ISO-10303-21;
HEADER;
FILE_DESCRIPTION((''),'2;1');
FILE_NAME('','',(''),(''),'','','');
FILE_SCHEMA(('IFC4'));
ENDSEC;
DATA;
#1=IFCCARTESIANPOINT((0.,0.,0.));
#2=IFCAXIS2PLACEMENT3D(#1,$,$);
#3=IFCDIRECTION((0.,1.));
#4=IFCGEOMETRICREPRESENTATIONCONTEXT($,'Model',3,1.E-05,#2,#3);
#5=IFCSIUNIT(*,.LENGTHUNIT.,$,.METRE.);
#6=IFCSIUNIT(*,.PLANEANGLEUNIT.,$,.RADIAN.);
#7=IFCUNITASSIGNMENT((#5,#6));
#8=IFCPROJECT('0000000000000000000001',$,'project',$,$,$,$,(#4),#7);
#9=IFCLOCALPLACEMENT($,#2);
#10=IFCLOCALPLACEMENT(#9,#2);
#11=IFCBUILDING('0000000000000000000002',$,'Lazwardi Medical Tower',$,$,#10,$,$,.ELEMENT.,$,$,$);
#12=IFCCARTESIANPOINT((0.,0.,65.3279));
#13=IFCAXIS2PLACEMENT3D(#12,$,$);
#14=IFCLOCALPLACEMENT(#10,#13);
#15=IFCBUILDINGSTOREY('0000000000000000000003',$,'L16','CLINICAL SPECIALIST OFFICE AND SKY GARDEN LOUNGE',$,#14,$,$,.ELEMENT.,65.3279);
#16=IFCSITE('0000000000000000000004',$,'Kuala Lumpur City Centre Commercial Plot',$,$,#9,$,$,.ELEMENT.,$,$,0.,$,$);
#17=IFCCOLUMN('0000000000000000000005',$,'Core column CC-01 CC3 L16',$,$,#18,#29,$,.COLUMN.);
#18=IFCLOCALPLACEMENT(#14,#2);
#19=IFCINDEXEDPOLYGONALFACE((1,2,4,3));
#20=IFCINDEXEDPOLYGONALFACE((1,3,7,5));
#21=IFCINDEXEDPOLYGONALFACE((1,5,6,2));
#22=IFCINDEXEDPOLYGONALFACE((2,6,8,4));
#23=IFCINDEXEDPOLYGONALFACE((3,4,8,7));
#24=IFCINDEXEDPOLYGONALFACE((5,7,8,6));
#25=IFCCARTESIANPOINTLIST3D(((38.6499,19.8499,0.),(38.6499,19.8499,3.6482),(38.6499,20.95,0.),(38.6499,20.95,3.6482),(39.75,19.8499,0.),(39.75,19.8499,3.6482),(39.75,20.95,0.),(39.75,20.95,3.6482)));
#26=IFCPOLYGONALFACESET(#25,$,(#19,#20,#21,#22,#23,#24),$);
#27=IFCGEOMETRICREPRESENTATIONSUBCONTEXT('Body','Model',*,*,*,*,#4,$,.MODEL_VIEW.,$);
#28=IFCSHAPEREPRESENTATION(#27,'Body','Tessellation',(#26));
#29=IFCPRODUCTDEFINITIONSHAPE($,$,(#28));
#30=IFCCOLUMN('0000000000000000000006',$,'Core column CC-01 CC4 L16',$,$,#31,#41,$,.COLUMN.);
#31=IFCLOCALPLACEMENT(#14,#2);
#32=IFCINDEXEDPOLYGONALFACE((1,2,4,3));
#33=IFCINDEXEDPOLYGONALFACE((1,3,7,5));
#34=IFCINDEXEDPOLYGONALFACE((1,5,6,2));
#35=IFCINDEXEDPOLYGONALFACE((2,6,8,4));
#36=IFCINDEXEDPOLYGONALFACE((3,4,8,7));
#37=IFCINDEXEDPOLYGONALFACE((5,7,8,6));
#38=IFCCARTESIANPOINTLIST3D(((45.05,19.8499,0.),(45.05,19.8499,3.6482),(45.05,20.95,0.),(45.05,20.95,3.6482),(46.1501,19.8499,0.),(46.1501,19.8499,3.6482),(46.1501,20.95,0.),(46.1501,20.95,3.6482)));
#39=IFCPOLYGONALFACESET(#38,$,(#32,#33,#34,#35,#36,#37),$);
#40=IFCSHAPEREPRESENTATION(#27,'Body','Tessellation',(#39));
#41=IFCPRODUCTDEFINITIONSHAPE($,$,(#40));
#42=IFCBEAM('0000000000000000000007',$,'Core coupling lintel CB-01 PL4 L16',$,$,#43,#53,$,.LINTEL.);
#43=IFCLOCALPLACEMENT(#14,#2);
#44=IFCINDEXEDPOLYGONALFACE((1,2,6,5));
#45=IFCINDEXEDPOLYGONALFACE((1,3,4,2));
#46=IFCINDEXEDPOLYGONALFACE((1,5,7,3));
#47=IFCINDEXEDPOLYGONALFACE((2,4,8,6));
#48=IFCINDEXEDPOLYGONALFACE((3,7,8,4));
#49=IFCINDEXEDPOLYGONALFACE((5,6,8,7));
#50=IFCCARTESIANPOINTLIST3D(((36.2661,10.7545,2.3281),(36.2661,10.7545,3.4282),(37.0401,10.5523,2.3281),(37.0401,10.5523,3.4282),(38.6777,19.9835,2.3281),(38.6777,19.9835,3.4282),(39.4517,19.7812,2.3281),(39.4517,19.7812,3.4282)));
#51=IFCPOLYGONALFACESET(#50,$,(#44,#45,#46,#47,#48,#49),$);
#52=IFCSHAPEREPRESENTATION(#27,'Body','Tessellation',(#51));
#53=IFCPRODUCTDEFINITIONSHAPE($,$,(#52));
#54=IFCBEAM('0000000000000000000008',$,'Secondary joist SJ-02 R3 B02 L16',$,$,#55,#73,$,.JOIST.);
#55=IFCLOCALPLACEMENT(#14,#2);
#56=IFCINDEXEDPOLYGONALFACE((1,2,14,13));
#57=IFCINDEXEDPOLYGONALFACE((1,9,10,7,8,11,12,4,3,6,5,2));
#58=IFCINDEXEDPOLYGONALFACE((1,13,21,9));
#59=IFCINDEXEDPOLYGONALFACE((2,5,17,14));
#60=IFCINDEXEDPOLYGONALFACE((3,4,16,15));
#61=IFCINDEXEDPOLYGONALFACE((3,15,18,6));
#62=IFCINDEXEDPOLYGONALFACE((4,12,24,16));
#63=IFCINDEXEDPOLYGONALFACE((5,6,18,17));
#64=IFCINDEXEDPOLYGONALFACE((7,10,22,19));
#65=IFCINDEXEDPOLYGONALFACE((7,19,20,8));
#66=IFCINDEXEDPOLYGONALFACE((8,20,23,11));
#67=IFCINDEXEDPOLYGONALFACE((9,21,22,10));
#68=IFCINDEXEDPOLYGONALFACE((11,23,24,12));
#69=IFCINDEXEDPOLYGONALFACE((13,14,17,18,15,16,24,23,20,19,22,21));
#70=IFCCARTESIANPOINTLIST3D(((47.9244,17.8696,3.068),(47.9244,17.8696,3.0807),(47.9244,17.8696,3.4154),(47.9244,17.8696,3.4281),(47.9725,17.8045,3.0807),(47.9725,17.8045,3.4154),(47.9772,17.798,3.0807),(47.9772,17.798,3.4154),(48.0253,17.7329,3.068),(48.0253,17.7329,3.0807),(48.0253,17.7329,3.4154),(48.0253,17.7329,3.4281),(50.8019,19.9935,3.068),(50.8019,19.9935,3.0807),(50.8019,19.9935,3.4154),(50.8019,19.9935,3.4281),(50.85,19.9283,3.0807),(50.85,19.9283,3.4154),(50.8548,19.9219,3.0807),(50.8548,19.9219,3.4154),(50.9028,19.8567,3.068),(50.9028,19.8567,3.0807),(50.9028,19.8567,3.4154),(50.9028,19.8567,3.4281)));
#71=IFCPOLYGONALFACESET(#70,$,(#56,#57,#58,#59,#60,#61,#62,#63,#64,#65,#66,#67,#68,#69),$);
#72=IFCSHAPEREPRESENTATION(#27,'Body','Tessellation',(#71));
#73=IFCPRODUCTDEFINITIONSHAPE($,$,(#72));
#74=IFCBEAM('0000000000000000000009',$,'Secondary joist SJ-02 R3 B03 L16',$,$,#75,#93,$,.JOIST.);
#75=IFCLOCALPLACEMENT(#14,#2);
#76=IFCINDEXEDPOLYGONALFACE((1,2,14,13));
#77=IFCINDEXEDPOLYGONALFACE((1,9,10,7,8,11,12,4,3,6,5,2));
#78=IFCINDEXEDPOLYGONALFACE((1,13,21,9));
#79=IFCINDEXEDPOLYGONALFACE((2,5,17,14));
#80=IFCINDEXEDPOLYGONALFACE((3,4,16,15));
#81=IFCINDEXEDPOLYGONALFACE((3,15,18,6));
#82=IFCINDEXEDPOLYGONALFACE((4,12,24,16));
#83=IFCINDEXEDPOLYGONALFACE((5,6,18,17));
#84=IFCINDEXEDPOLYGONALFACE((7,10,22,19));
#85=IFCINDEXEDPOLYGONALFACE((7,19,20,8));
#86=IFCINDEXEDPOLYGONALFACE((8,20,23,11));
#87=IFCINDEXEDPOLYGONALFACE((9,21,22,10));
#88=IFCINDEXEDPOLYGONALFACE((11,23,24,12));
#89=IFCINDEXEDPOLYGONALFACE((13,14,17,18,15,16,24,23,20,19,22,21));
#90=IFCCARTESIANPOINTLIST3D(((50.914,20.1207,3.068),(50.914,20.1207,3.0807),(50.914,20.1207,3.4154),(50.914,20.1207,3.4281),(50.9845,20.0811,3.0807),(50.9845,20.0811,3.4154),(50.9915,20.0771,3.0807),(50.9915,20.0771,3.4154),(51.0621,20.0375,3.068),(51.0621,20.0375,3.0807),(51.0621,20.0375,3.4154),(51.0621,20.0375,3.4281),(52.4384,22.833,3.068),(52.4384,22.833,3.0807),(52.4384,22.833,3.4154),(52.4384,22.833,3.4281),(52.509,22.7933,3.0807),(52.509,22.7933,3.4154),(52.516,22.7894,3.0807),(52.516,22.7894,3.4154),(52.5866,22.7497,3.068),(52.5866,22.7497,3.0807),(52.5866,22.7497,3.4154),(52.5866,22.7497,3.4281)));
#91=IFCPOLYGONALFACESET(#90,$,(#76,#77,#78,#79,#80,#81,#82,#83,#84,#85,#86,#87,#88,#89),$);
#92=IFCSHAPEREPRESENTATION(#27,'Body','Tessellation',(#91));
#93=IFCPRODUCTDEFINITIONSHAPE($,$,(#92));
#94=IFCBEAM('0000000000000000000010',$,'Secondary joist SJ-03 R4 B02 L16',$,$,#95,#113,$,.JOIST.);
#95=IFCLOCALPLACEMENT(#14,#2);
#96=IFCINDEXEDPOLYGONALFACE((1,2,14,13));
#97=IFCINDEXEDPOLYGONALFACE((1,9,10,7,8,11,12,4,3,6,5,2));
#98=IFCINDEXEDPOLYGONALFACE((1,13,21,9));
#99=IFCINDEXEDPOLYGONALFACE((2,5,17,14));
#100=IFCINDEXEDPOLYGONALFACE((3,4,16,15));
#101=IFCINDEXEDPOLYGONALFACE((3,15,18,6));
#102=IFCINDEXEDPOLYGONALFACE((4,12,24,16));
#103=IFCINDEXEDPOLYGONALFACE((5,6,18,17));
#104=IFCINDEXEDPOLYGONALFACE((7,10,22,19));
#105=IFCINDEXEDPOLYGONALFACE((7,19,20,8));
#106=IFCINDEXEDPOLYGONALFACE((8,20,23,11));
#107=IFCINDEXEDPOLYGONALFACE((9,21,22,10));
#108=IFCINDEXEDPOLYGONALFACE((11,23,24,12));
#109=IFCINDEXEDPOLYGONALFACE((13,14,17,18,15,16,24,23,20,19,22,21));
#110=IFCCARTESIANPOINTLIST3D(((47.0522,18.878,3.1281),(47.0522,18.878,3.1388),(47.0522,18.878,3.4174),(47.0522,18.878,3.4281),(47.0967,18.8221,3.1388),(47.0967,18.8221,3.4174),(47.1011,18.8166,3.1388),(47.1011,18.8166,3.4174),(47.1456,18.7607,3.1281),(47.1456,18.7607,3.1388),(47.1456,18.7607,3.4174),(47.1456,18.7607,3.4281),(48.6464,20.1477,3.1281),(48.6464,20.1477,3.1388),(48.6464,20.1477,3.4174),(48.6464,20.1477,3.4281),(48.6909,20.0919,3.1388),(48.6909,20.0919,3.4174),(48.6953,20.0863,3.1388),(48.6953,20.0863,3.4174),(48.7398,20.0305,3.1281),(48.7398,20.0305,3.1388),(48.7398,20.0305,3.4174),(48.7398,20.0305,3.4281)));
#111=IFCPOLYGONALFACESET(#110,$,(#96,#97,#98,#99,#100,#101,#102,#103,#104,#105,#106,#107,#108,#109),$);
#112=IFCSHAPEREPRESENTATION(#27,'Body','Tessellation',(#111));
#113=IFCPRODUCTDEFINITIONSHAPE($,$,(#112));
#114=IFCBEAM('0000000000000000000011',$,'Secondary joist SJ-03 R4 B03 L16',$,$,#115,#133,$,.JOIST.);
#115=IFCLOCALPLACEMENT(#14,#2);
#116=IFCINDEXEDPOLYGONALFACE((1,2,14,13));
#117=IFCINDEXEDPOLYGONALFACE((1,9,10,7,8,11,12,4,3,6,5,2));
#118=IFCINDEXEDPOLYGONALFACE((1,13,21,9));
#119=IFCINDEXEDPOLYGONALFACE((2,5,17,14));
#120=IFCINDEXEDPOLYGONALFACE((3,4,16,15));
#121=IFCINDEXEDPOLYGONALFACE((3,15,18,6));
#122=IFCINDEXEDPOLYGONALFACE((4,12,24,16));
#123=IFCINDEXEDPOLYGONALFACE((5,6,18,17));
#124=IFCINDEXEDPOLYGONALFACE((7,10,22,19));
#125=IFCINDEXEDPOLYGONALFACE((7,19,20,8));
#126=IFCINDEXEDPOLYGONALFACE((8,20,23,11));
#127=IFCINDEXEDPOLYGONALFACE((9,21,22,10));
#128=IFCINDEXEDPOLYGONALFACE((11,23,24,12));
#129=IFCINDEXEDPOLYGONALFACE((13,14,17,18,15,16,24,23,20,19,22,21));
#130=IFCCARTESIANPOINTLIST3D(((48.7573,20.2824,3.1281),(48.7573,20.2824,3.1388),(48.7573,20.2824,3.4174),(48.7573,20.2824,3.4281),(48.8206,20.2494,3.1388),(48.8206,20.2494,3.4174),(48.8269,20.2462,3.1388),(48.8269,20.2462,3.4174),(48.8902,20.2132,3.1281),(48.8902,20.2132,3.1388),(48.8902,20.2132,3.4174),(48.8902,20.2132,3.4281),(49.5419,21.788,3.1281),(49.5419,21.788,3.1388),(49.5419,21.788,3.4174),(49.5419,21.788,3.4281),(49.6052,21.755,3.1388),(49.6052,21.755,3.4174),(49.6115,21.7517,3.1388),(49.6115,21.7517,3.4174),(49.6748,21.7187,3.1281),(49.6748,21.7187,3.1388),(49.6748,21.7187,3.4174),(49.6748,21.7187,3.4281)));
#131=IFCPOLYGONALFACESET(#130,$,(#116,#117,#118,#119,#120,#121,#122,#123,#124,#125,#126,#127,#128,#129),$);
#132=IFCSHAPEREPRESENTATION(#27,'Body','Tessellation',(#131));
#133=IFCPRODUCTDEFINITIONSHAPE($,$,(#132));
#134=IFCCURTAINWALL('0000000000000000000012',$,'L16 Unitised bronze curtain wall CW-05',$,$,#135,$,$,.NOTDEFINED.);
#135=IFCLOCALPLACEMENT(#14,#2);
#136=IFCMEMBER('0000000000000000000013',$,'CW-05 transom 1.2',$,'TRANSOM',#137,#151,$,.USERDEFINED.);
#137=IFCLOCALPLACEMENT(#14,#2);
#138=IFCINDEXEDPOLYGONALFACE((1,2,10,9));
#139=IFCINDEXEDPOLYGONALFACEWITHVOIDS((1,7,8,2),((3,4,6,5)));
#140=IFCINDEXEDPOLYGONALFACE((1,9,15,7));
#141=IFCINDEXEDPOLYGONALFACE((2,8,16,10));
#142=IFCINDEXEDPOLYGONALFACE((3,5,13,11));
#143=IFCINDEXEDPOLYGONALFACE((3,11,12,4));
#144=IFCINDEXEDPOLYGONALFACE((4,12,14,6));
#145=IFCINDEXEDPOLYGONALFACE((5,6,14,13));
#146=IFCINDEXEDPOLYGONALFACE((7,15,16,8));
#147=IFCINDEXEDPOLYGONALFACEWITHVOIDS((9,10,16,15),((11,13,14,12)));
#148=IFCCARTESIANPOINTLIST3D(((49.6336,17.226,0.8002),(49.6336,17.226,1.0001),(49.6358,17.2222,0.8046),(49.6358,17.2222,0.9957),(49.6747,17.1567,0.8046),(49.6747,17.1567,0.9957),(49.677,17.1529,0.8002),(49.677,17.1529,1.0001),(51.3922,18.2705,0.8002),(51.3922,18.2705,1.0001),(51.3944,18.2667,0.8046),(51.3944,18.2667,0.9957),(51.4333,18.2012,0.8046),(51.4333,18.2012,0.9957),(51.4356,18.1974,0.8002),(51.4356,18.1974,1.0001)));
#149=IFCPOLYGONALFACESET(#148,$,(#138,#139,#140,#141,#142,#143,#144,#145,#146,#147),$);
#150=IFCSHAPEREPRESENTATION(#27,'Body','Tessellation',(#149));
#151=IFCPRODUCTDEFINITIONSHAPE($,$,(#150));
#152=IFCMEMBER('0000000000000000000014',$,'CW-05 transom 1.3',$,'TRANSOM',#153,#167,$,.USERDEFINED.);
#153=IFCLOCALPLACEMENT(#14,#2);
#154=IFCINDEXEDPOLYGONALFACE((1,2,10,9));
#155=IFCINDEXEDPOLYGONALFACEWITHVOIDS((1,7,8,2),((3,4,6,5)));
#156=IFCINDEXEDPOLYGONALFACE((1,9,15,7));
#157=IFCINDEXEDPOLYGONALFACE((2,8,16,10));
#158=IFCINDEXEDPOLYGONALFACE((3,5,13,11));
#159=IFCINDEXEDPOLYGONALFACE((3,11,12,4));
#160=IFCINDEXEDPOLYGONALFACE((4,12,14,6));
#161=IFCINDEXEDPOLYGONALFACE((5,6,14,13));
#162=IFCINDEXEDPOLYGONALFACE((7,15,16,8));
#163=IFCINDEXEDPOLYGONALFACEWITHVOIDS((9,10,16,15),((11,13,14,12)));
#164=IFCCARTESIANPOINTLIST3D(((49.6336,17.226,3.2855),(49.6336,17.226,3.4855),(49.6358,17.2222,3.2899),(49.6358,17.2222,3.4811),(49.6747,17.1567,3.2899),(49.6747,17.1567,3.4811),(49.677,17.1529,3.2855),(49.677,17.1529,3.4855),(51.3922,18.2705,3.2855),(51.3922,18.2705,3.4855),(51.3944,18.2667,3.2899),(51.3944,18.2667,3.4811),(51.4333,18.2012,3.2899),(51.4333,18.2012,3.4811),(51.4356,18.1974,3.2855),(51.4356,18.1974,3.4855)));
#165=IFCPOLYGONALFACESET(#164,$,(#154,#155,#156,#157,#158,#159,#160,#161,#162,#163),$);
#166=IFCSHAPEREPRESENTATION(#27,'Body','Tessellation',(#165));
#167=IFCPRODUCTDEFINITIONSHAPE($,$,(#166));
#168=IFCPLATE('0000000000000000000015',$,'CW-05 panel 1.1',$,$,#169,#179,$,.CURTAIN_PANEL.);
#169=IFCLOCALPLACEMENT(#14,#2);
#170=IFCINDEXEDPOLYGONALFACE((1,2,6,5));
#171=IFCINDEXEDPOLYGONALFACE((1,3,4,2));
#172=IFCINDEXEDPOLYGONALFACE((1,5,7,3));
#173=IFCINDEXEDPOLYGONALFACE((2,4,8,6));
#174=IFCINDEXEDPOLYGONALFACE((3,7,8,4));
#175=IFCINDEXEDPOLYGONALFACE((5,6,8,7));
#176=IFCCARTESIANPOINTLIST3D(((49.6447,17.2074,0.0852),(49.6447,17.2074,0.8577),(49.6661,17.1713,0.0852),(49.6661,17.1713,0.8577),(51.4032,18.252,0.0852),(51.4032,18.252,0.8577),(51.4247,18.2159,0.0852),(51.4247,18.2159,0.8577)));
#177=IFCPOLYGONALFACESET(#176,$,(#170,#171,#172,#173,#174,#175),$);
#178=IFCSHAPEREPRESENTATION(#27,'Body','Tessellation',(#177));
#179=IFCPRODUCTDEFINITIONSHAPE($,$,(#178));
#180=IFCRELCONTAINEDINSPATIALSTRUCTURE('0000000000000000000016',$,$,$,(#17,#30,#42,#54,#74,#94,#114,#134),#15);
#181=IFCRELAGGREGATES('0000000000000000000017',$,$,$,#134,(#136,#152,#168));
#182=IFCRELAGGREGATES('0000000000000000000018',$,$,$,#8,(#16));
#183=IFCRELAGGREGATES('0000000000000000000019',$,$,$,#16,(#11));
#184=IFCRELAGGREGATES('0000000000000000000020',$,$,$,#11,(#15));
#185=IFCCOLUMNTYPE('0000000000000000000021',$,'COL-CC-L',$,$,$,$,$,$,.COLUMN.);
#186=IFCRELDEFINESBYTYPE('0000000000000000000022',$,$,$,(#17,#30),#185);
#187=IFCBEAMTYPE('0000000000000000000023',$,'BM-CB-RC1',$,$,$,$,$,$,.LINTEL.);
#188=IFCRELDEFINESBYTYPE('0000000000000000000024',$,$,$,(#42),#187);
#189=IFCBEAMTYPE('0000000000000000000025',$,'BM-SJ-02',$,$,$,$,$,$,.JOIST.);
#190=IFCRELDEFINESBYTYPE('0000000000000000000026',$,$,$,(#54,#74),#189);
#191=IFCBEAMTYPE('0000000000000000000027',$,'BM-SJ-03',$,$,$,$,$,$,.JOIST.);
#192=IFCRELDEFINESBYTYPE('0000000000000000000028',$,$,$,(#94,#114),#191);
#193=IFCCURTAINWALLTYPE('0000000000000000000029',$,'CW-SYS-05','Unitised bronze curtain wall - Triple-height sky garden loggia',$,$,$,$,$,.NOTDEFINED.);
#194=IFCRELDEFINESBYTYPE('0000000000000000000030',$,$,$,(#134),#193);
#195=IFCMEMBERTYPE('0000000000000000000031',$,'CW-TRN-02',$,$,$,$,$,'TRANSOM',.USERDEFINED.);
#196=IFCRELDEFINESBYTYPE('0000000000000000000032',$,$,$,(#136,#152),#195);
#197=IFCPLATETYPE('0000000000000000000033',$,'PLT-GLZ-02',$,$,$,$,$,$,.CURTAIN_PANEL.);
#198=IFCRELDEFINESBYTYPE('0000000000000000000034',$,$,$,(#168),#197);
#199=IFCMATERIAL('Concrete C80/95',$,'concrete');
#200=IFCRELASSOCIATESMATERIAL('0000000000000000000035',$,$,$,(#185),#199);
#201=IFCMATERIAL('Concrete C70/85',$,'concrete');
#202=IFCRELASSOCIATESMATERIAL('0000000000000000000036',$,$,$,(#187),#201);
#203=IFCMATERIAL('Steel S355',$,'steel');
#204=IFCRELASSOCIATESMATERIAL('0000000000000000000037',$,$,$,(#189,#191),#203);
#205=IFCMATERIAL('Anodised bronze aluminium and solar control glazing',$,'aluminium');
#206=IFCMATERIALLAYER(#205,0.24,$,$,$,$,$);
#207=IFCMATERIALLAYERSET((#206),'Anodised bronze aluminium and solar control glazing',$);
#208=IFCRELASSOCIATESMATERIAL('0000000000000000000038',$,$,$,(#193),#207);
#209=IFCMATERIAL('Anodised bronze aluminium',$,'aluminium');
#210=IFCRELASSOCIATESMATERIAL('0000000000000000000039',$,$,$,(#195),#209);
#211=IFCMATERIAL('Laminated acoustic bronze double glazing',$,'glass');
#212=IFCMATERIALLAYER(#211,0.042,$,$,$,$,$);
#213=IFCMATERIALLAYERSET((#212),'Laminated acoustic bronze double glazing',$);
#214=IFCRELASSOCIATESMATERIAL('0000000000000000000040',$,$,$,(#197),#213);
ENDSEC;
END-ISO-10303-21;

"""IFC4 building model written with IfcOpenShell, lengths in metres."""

from ifc_helpers import new_model, si_unit, direction, frame, origin, origin_2d, place, context, subcontext, project, spatial, rectangle, hollow_rectangle, i_section, extrude, material, layer, layer_set, material_profile, profile_set, type_object, element, aggregate, save


model = new_model("IFC4")

# Units and contexts
model_context = context("Model", 3, precision=1e-05, world=origin(), true_north=direction((0.0, 1.0)))
body_context = subcontext(model_context, "Body", "Model", "MODEL_VIEW")
ifc_project = project(units=[si_unit("LENGTHUNIT", "METRE"), si_unit("PLANEANGLEUNIT", "RADIAN")], contexts=[model_context])

# Site, building, storey
site_placement = place(None, origin())
site = spatial("IfcSite", under=ifc_project, at=site_placement, Name="Kuala Lumpur City Centre Commercial Plot", CompositionType="ELEMENT", RefElevation=0.0)
building_placement = place(site_placement, origin())
building = spatial("IfcBuilding", under=site, at=building_placement, Name="Lazwardi Medical Tower", CompositionType="ELEMENT")
storey_placement = place(building_placement, frame((0.0, 0.0, 65.3279)))
storey = spatial("IfcBuildingStorey", under=building, at=storey_placement, Name="L16", Description="CLINICAL SPECIALIST OFFICE AND SKY GARDEN LOUNGE", CompositionType="ELEMENT", Elevation=65.3279)

# Columns
ifc_material_1 = material(Name="Concrete C80/95", Category="concrete")
ifc_material_profile_1 = material_profile(ifc_material_1, rectangle(XDim=1.1001, YDim=1.1001, at=origin_2d()), Name="RC 1100x1100")
ifc_profile_set_1 = profile_set([ifc_material_profile_1], Name="Concrete C80/95")
column_type = type_object("IfcColumnType", Name="COL-CC-L", PredefinedType="COLUMN", material=ifc_profile_set_1)
for number, where, z_axis, x_axis, name in (
    (1, (39.2, 20.3999, 0.0), (0.0, 0.0, 1.0), (1.0, 0.0, 0.0), "Core column CC-01 CC3 L16"),
    (2, (45.6001, 20.3999, 0.0), (0.0, 0.0, 1.0), (1.0, 0.0, 0.0), "Core column CC-01 CC4 L16"),
):
    element("IfcColumn", number, at=place(storey_placement, frame(where, z_axis=z_axis, x_axis=x_axis)), inside=storey, type_object=column_type, Name=name, PredefinedType="COLUMN", context=body_context, shape_type="SweptSolid", body=[
        extrude(rectangle(XDim=1.1001, YDim=1.1001, at=origin_2d()), origin(), (0.0, 0.0, 1.0), 3.6482),
    ])

# Beams
ifc_material_2 = material(Name="Concrete C70/85", Category="concrete")
ifc_material_profile_2 = material_profile(ifc_material_2, rectangle(XDim=0.8, YDim=1.1001, at=origin_2d()), Name="RC 800x1100")
ifc_profile_set_2 = profile_set([ifc_material_profile_2], Name="Concrete C70/85")
beam_type_1 = type_object("IfcBeamType", Name="BM-CB-RC1", PredefinedType="LINTEL", material=ifc_profile_set_2)
beam_1_placement = place(storey_placement, frame((39.0647, 19.8823, 2.8782), z_axis=(-0.25282, -0.967513, 0.0), x_axis=(0.967513, -0.25282, 0.0)))
element("IfcBeam", 3, at=beam_1_placement, inside=storey, type_object=beam_type_1, Name="Core coupling lintel CB-01 PL4 L16", PredefinedType="LINTEL", context=body_context, shape_type="SweptSolid", body=[
    extrude(rectangle(XDim=0.8, YDim=1.1001, at=origin_2d()), origin(), (0.0, 0.0, 1.0), 9.5388),
])
ifc_material_3 = material(Name="Steel S355", Category="steel")
ifc_material_profile_3 = material_profile(ifc_material_3, i_section(OverallWidth=0.1699, OverallDepth=0.3601, WebThickness=0.0081, FlangeThickness=0.0127, at=origin_2d()), Name="IPE 360")
ifc_profile_set_3 = profile_set([ifc_material_profile_3], Name="Steel S355")
beam_type_2 = type_object("IfcBeamType", Name="BM-SJ-02", PredefinedType="JOIST", material=ifc_profile_set_3)
beam_2_placement = place(storey_placement, frame((47.9749, 17.8013, 3.248), z_axis=(0.80458, 0.593844, 0.0), x_axis=(-0.593844, 0.80458, 0.0)))
element("IfcBeam", 4, at=beam_2_placement, inside=storey, type_object=beam_type_2, Name="Secondary joist SJ-02 R3 B02 L16", PredefinedType="JOIST", context=body_context, shape_type="SweptSolid", body=[
    extrude(i_section(OverallWidth=0.1699, OverallDepth=0.3601, WebThickness=0.0081, FlangeThickness=0.0127, at=origin_2d()), origin(), (0.0, 0.0, 1.0), 3.5764),
])
beam_3_placement = place(storey_placement, frame((50.988, 20.0791, 3.248), z_axis=(0.489974, 0.871737, 0.0), x_axis=(-0.871737, 0.489974, 0.0)))
element("IfcBeam", 5, at=beam_3_placement, inside=storey, type_object=beam_type_2, Name="Secondary joist SJ-02 R3 B03 L16", PredefinedType="JOIST", context=body_context, shape_type="SweptSolid", body=[
    extrude(i_section(OverallWidth=0.1699, OverallDepth=0.3601, WebThickness=0.0081, FlangeThickness=0.0127, at=origin_2d()), origin(), (0.0, 0.0, 1.0), 3.1113),
])
ifc_material_profile_4 = material_profile(ifc_material_3, i_section(OverallWidth=0.1499, OverallDepth=0.3, WebThickness=0.0071, FlangeThickness=0.0107, at=origin_2d()), Name="IPE 300")
ifc_profile_set_4 = profile_set([ifc_material_profile_4], Name="Steel S355")
beam_type_3 = type_object("IfcBeamType", Name="BM-SJ-03", PredefinedType="JOIST", material=ifc_profile_set_4)
beam_4_placement = place(storey_placement, frame((47.0989, 18.8193, 3.2781), z_axis=(0.782211, 0.623014, 0.0), x_axis=(-0.623014, 0.782211, 0.0)))
element("IfcBeam", 6, at=beam_4_placement, inside=storey, type_object=beam_type_3, Name="Secondary joist SJ-03 R4 B02 L16", PredefinedType="JOIST", context=body_context, shape_type="SweptSolid", body=[
    extrude(i_section(OverallWidth=0.1499, OverallDepth=0.3, WebThickness=0.0071, FlangeThickness=0.0107, at=origin_2d()), origin(), (0.0, 0.0, 1.0), 2.0381),
])
beam_5_placement = place(storey_placement, frame((48.8237, 20.2478, 3.2781), z_axis=(0.462163, 0.886795, 0.0), x_axis=(-0.886795, 0.462163, 0.0)))
element("IfcBeam", 7, at=beam_5_placement, inside=storey, type_object=beam_type_3, Name="Secondary joist SJ-03 R4 B03 L16", PredefinedType="JOIST", context=body_context, shape_type="SweptSolid", body=[
    extrude(i_section(OverallWidth=0.1499, OverallDepth=0.3, WebThickness=0.0071, FlangeThickness=0.0107, at=origin_2d()), origin(), (0.0, 0.0, 1.0), 1.6978),
])

# Curtain wall, members, plate
ifc_material_4 = material(Name="Anodised bronze aluminium and solar control glazing", Category="aluminium")
ifc_layer_1 = layer(ifc_material_4, 0.24)
ifc_layer_set_1 = layer_set([ifc_layer_1], Name="Anodised bronze aluminium and solar control glazing")
curtain_wall_type = type_object("IfcCurtainWallType", Name="CW-SYS-05", Description="Unitised bronze curtain wall - Triple-height sky garden loggia", PredefinedType="NOTDEFINED", material=ifc_layer_set_1)
curtain_wall_placement = place(storey_placement, origin())
curtain_wall = element("IfcCurtainWall", 8, at=curtain_wall_placement, inside=storey, type_object=curtain_wall_type, Name="L16 Unitised bronze curtain wall CW-05", PredefinedType="NOTDEFINED")
ifc_material_5 = material(Name="Anodised bronze aluminium", Category="aluminium")
ifc_material_profile_5 = material_profile(ifc_material_5, hollow_rectangle(XDim=0.085, YDim=0.2, WallThickness=0.0044, at=origin_2d()), Name="ALU-TRANSOM 200x85x4.5")
ifc_profile_set_5 = profile_set([ifc_material_profile_5], Name="Anodised bronze aluminium")
member_type = type_object("IfcMemberType", Name="CW-TRN-02", ElementType="TRANSOM", PredefinedType="USERDEFINED", material=ifc_profile_set_5)
member_1_placement = place(storey_placement, frame((49.6553, 17.1895, 0.9001), z_axis=(0.859791, 0.510646, 0.0), x_axis=(-0.510646, 0.859791, 0.0)))
member_1 = element("IfcMember", 9, at=member_1_placement, type_object=member_type, Name="CW-05 transom 1.2", ObjectType="TRANSOM", PredefinedType="USERDEFINED", context=body_context, shape_type="SweptSolid", body=[
    extrude(hollow_rectangle(XDim=0.085, YDim=0.2, WallThickness=0.0044, at=origin_2d()), origin(), (0.0, 0.0, 1.0), 2.0454),
])
member_2_placement = place(storey_placement, frame((49.6553, 17.1895, 3.3855), z_axis=(0.859791, 0.510646, 0.0), x_axis=(-0.510646, 0.859791, 0.0)))
member_2 = element("IfcMember", 10, at=member_2_placement, type_object=member_type, Name="CW-05 transom 1.3", ObjectType="TRANSOM", PredefinedType="USERDEFINED", context=body_context, shape_type="SweptSolid", body=[
    extrude(hollow_rectangle(XDim=0.085, YDim=0.2, WallThickness=0.0044, at=origin_2d()), origin(), (0.0, 0.0, 1.0), 2.0454),
])
ifc_material_6 = material(Name="Laminated acoustic bronze double glazing", Category="glass")
ifc_layer_2 = layer(ifc_material_6, 0.042)
ifc_layer_set_2 = layer_set([ifc_layer_2], Name="Laminated acoustic bronze double glazing")
plate_type = type_object("IfcPlateType", Name="PLT-GLZ-02", PredefinedType="CURTAIN_PANEL", material=ifc_layer_set_2)
plate_1_placement = place(storey_placement, frame((50.5347, 17.7117, 0.0852), z_axis=(0.0, 0.0, 1.0), x_axis=(0.859771, 0.51068, 0.0)))
plate_1 = element("IfcPlate", 11, at=plate_1_placement, type_object=plate_type, Name="CW-05 panel 1.1", PredefinedType="CURTAIN_PANEL", context=body_context, shape_type="SweptSolid", body=[
    extrude(rectangle(XDim=2.0454, YDim=0.042, at=origin_2d()), origin(), (0.0, 0.0, 1.0), 0.7725),
])
aggregate(curtain_wall, [member_1, member_2, plate_1])

save(model, "model.ifc")
